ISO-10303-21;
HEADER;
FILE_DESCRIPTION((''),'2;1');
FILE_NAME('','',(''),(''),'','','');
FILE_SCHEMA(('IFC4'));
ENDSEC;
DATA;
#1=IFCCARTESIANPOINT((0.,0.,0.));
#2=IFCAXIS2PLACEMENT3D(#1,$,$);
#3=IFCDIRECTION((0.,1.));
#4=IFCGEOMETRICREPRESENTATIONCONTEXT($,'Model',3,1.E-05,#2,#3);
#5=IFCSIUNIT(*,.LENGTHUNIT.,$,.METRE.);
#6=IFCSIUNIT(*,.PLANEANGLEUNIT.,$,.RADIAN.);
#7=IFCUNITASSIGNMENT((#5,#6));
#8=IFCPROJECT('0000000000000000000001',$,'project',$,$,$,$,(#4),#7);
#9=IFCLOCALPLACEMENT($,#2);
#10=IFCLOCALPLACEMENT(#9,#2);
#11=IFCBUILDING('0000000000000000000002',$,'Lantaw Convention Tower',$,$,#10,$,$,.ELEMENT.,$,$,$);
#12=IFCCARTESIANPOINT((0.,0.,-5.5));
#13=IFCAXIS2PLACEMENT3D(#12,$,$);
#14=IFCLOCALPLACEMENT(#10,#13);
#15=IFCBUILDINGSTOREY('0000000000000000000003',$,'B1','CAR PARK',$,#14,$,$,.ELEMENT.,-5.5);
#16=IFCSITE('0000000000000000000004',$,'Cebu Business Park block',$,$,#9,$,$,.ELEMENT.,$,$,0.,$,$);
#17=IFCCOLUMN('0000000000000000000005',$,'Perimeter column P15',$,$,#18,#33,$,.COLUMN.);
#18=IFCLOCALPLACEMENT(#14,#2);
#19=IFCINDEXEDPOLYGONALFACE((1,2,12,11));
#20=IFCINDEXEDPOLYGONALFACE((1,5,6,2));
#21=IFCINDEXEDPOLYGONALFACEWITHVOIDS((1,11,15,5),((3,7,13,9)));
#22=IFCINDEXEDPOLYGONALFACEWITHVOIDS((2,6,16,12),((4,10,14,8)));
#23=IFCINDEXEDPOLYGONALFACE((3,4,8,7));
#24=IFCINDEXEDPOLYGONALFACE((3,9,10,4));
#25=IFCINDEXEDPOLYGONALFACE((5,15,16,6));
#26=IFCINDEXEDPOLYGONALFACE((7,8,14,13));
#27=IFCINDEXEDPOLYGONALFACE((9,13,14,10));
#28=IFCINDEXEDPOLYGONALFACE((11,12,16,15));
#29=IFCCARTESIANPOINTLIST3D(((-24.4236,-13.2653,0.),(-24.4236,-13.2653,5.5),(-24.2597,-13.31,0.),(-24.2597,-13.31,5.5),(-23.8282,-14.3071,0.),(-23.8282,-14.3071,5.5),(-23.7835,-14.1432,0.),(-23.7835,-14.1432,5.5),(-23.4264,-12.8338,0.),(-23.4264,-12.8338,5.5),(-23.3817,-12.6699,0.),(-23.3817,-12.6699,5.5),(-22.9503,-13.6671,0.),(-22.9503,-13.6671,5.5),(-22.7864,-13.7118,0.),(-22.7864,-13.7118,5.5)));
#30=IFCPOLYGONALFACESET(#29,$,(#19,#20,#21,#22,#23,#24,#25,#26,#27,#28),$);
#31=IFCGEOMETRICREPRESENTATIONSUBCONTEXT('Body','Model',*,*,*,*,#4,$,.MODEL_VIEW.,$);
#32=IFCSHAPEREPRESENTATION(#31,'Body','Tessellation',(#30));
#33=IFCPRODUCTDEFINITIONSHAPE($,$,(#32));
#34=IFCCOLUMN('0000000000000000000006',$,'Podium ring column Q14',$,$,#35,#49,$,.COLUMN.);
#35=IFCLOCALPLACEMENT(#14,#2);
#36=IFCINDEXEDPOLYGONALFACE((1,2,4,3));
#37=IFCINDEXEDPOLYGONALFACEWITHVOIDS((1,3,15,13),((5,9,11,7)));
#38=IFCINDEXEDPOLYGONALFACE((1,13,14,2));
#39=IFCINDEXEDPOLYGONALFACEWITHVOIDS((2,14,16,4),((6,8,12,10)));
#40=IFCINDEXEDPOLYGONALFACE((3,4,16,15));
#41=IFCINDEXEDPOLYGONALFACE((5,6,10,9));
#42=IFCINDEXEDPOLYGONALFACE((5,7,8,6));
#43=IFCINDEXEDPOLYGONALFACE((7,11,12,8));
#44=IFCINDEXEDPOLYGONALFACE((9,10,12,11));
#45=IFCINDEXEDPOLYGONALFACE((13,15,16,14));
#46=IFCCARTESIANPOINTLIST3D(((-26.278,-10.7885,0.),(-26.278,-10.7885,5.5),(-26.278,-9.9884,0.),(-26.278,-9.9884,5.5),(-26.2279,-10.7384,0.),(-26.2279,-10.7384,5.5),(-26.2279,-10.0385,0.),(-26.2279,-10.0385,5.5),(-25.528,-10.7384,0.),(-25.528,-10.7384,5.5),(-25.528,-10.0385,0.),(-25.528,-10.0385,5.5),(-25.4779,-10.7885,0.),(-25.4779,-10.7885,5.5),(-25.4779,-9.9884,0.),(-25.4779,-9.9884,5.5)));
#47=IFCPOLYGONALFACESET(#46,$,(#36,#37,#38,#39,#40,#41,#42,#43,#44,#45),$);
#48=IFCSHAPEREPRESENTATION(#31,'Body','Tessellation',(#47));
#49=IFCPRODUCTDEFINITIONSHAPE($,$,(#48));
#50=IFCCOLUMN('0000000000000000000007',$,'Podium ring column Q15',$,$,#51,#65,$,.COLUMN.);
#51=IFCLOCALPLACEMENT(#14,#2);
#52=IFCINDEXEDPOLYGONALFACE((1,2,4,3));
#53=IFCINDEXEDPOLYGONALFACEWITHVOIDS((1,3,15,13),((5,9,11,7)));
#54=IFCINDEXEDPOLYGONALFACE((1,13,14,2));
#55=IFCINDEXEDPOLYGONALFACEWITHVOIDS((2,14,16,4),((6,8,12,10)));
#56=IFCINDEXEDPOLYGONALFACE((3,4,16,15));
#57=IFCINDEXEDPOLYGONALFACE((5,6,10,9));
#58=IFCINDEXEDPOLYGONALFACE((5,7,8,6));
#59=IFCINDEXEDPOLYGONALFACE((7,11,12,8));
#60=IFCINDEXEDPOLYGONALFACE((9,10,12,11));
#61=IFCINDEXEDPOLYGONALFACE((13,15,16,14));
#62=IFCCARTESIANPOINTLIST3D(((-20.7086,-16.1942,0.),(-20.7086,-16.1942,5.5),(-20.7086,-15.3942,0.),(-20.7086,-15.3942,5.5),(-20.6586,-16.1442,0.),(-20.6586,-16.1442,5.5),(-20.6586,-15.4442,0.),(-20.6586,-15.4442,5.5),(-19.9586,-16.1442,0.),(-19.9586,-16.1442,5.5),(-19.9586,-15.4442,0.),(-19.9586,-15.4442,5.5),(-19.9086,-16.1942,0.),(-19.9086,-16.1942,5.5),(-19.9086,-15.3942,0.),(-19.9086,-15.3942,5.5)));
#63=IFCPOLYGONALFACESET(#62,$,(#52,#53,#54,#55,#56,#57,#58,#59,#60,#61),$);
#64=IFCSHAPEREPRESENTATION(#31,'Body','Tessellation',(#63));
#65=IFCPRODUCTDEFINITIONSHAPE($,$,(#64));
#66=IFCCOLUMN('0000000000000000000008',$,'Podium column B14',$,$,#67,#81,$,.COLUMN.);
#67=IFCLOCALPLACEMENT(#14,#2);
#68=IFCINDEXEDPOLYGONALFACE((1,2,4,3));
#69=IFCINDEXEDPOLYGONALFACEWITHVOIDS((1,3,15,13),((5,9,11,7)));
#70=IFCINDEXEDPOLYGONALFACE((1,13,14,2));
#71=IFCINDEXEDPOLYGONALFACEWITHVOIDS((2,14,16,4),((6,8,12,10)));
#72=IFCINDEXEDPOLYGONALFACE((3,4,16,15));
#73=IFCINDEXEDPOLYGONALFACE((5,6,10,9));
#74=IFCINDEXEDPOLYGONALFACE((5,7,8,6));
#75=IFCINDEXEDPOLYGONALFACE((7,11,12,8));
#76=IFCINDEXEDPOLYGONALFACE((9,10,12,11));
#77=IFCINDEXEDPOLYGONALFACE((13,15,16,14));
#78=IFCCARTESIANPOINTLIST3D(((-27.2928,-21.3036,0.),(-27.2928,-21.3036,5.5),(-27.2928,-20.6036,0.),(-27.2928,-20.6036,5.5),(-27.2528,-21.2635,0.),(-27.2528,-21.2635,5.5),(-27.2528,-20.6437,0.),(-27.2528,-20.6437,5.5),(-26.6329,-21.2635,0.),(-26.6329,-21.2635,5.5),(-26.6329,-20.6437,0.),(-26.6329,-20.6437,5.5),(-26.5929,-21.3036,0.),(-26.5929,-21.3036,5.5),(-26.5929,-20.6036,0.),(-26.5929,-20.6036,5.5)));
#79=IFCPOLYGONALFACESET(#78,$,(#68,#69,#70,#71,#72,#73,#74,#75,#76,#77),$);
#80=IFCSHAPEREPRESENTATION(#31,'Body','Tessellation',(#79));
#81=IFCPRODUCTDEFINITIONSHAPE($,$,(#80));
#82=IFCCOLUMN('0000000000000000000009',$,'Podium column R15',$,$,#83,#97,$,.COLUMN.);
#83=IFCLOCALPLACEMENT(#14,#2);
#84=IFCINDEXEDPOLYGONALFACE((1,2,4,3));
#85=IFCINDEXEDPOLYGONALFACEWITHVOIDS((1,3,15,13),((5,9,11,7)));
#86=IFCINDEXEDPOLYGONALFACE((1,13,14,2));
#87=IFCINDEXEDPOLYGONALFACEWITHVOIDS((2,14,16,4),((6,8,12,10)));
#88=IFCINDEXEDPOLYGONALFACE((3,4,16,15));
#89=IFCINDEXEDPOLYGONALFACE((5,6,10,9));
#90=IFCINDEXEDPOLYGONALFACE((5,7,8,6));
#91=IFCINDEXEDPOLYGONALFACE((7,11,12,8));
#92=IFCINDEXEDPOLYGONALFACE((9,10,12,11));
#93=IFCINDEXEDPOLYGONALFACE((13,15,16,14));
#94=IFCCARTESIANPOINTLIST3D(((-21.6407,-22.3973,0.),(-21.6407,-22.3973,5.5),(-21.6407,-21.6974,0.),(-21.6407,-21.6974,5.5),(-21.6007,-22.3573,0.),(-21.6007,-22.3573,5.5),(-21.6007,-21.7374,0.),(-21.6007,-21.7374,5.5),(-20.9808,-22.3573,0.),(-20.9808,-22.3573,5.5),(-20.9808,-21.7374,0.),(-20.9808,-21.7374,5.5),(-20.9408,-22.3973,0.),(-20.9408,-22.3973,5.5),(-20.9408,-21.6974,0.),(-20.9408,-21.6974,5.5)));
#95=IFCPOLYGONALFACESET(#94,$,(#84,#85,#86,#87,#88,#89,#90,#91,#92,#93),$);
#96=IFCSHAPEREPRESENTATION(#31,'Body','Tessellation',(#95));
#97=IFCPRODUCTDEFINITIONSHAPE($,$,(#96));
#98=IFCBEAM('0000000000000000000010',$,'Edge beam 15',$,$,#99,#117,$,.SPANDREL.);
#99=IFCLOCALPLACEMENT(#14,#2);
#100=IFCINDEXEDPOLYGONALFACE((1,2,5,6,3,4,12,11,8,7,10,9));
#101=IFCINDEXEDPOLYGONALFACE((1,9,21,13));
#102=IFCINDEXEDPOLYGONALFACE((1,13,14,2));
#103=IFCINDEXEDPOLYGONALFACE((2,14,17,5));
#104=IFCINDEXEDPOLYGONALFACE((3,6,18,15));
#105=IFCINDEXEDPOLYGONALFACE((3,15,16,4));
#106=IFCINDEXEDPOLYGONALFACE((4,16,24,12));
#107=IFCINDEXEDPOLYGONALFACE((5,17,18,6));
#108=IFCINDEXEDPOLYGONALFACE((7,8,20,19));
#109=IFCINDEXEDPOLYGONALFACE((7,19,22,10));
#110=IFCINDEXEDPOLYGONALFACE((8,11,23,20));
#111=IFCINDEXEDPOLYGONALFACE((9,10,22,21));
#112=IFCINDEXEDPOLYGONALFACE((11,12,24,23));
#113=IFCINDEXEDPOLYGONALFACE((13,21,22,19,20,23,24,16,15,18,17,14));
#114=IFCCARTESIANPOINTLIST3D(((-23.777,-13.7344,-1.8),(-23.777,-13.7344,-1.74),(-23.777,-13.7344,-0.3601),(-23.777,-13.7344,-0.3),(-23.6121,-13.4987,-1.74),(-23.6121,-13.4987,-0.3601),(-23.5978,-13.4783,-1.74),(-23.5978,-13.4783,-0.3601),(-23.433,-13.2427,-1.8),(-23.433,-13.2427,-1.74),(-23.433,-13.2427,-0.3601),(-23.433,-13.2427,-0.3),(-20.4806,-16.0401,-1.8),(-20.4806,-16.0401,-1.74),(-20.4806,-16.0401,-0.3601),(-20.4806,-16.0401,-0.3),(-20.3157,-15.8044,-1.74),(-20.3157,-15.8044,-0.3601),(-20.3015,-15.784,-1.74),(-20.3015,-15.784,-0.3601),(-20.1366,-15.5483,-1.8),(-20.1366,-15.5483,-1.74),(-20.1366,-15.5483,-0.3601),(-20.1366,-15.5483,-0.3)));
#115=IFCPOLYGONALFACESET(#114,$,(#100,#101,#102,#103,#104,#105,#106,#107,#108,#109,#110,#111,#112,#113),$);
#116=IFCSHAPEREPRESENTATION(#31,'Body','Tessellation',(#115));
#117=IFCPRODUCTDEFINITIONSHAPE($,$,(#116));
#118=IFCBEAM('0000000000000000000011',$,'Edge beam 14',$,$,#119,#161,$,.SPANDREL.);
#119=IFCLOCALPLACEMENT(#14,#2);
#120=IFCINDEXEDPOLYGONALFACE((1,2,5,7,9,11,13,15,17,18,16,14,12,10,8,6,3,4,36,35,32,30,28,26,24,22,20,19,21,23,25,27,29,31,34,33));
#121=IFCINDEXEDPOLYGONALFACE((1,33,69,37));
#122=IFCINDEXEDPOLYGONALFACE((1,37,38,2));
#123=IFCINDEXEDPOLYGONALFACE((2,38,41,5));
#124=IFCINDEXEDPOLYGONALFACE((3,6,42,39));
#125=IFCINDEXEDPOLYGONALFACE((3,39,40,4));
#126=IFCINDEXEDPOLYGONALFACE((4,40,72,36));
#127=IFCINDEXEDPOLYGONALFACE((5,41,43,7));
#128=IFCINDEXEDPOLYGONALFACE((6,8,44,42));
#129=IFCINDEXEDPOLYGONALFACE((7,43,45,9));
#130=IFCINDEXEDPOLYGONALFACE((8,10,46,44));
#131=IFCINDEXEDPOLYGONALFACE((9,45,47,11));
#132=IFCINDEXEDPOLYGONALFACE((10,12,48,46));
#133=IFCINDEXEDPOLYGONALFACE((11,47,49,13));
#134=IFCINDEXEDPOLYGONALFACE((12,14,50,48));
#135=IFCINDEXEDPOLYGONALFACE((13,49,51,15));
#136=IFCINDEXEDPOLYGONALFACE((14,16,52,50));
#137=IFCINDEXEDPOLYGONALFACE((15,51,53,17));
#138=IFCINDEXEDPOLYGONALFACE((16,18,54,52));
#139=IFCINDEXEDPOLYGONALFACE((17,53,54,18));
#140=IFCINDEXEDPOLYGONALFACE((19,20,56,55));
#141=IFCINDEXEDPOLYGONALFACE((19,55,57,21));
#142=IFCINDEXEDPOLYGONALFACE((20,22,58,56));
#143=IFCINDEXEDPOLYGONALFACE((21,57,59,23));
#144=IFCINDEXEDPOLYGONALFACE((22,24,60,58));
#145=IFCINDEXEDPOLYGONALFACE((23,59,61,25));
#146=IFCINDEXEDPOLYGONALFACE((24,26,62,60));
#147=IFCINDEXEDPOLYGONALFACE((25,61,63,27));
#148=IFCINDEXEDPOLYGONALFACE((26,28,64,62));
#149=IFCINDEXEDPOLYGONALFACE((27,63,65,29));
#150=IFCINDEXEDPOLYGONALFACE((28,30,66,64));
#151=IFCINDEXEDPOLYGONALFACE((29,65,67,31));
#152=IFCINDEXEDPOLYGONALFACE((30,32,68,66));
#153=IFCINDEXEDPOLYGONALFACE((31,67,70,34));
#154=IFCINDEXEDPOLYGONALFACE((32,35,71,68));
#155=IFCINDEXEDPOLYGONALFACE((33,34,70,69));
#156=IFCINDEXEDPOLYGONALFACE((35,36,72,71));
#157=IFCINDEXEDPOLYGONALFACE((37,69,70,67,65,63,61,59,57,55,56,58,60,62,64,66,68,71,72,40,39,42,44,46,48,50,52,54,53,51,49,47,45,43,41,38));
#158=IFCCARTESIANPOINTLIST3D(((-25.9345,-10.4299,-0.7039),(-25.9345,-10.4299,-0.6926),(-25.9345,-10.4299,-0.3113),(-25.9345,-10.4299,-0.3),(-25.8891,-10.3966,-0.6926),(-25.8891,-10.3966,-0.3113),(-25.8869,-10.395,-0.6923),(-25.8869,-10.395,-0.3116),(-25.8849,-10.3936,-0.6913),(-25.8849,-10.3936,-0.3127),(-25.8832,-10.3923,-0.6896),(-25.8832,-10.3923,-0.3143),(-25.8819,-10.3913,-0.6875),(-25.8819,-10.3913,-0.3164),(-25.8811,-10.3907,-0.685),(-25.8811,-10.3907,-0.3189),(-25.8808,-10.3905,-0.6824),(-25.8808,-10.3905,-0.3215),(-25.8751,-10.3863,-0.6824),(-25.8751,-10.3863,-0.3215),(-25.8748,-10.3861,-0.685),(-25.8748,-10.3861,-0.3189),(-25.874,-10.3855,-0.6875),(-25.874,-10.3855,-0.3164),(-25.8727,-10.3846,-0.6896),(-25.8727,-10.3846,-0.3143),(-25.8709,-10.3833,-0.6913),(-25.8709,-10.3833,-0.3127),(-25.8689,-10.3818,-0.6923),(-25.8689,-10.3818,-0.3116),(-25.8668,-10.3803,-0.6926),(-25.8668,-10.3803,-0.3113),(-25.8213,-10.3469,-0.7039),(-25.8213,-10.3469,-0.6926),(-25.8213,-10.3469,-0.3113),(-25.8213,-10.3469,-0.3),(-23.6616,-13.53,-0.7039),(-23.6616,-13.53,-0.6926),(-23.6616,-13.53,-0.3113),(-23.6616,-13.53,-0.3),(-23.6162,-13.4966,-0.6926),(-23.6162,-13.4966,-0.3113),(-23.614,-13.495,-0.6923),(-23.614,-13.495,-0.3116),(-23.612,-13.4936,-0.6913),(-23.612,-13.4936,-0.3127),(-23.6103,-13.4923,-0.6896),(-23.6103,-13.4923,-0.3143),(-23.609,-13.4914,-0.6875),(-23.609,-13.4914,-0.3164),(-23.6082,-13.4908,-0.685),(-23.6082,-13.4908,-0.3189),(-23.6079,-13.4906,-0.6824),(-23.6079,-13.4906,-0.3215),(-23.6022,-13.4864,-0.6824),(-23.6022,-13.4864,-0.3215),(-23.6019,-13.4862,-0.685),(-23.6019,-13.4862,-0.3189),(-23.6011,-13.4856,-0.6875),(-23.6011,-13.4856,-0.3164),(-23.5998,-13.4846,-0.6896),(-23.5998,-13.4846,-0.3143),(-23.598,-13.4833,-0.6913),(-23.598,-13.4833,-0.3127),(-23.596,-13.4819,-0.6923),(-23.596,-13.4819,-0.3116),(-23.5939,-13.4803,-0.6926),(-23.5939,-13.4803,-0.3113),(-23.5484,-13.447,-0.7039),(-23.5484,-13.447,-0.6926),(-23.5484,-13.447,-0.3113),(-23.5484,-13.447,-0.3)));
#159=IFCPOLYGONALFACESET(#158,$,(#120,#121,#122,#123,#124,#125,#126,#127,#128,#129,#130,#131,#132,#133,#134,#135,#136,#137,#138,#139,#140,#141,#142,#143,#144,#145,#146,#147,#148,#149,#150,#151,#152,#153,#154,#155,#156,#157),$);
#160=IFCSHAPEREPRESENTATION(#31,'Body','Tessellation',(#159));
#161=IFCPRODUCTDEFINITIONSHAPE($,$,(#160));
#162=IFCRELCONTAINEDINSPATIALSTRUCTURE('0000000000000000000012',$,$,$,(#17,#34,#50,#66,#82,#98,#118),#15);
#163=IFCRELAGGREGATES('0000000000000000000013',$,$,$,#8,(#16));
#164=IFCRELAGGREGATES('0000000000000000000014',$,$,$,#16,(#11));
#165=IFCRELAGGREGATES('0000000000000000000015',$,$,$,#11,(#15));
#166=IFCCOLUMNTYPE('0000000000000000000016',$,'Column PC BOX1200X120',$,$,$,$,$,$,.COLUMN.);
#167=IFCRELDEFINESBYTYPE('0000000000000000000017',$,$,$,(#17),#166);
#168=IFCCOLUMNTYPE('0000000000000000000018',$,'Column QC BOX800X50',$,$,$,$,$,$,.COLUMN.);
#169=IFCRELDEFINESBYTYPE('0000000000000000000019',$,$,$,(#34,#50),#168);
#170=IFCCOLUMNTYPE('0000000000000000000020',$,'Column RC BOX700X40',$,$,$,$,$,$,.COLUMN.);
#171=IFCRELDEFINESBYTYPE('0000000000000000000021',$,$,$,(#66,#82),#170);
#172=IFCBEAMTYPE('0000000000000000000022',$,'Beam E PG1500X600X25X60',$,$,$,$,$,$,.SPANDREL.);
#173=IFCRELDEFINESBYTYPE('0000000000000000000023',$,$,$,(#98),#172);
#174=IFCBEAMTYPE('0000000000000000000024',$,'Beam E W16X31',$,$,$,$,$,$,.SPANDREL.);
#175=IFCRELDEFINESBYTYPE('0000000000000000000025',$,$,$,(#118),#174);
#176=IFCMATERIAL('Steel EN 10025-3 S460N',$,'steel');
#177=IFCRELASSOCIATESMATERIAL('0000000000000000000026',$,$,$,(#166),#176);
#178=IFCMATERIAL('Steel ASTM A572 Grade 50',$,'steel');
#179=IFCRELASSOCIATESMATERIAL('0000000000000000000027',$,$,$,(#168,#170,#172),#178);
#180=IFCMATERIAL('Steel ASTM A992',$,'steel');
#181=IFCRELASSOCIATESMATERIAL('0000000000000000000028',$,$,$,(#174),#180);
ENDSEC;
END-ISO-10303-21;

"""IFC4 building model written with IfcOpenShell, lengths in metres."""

from ifc_helpers import new_model, si_unit, direction, frame, origin, origin_2d, place, context, subcontext, project, spatial, rectangle, hollow_rectangle, i_section, extrude, material, material_profile, profile_set, type_object, element, save


model = new_model("IFC4")

# Units and contexts
model_context = context("Model", 3, precision=1e-05, world=origin(), true_north=direction((0.0, 1.0)))
body_context = subcontext(model_context, "Body", "Model", "MODEL_VIEW")
ifc_project = project(units=[si_unit("LENGTHUNIT", "METRE"), si_unit("PLANEANGLEUNIT", "RADIAN")], contexts=[model_context])

# Site, building, storey
site_placement = place(None, origin())
site = spatial("IfcSite", under=ifc_project, at=site_placement, Name="Cebu Business Park block", CompositionType="ELEMENT", RefElevation=0.0)
building_placement = place(site_placement, origin())
building = spatial("IfcBuilding", under=site, at=building_placement, Name="Lantaw Convention Tower", CompositionType="ELEMENT")
storey_placement = place(building_placement, frame((0.0, 0.0, -5.5)))
storey = spatial("IfcBuildingStorey", under=building, at=storey_placement, Name="B1", Description="CAR PARK", CompositionType="ELEMENT", Elevation=-5.5)

# Columns
ifc_material_1 = material(Name="Steel EN 10025-3 S460N", Category="steel")
ifc_material_profile_1 = material_profile(ifc_material_1, hollow_rectangle(XDim=1.2, YDim=1.2, WallThickness=0.1201, at=origin_2d()), Name="BOX1200X120")
ifc_material_2 = material(Name="Concrete C60/75", Category="concrete")
ifc_material_profile_2 = material_profile(ifc_material_2, rectangle(XDim=0.96, YDim=0.96, at=origin_2d()), Name="Concrete fill of BOX1200X120")
ifc_profile_set_1 = profile_set([ifc_material_profile_1, ifc_material_profile_2], Name="Steel EN 10025-3 S460N")
column_type_1 = type_object("IfcColumnType", Name="Column PC BOX1200X120", PredefinedType="COLUMN", material=ifc_profile_set_1)
column_placement = place(storey_placement, frame((-23.605, -13.4885, 0.0), z_axis=(0.0, 0.0, 1.0), x_axis=(0.868243, 0.496139, 0.0)))
element("IfcColumn", 1, at=column_placement, inside=storey, type_object=column_type_1, Name="Perimeter column P15", PredefinedType="COLUMN", context=body_context, shape_type="SweptSolid", body=[
    extrude(hollow_rectangle(XDim=1.2, YDim=1.2, WallThickness=0.1201, at=origin_2d()), origin(), (0.0, 0.0, 1.0), 5.5),
])
ifc_material_3 = material(Name="Steel ASTM A572 Grade 50", Category="steel")
ifc_material_profile_3 = material_profile(ifc_material_3, hollow_rectangle(XDim=0.8, YDim=0.8, WallThickness=0.05, at=origin_2d()), Name="BOX800X50")
ifc_profile_set_2 = profile_set([ifc_material_profile_3], Name="Steel ASTM A572 Grade 50")
column_type_2 = type_object("IfcColumnType", Name="Column QC BOX800X50", PredefinedType="COLUMN", material=ifc_profile_set_2)
for number, where, z_axis, x_axis, name in (
    (2, (-25.8779, -10.3884, 0.0), (0.0, 0.0, 1.0), (1.0, 0.0, 0.0), "Podium ring column Q14"),
    (3, (-20.3086, -15.7942, 0.0), (0.0, 0.0, 1.0), (1.0, 0.0, 0.0), "Podium ring column Q15"),
):
    element("IfcColumn", number, at=place(storey_placement, frame(where, z_axis=z_axis, x_axis=x_axis)), inside=storey, type_object=column_type_2, Name=name, PredefinedType="COLUMN", context=body_context, shape_type="SweptSolid", body=[
        extrude(hollow_rectangle(XDim=0.8, YDim=0.8, WallThickness=0.05, at=origin_2d()), origin(), (0.0, 0.0, 1.0), 5.5),
    ])
ifc_material_profile_4 = material_profile(ifc_material_3, hollow_rectangle(XDim=0.7, YDim=0.7, WallThickness=0.04, at=origin_2d()), Name="BOX700X40")
ifc_profile_set_3 = profile_set([ifc_material_profile_4], Name="Steel ASTM A572 Grade 50")
column_type_3 = type_object("IfcColumnType", Name="Column RC BOX700X40", PredefinedType="COLUMN", material=ifc_profile_set_3)
for number, where, z_axis, x_axis, name in (
    (4, (-26.9429, -20.9536, 0.0), (0.0, 0.0, 1.0), (1.0, 0.0, 0.0), "Podium column B14"),
    (5, (-21.2908, -22.0474, 0.0), (0.0, 0.0, 1.0), (1.0, 0.0, 0.0), "Podium column R15"),
):
    element("IfcColumn", number, at=place(storey_placement, frame(where, z_axis=z_axis, x_axis=x_axis)), inside=storey, type_object=column_type_3, Name=name, PredefinedType="COLUMN", context=body_context, shape_type="SweptSolid", body=[
        extrude(hollow_rectangle(XDim=0.7, YDim=0.7, WallThickness=0.04, at=origin_2d()), origin(), (0.0, 0.0, 1.0), 5.5),
    ])

# Beams
ifc_material_profile_5 = material_profile(ifc_material_3, i_section(OverallWidth=0.6001, OverallDepth=1.5, WebThickness=0.0249, FlangeThickness=0.0601, at=origin_2d()), Name="PG1500X600X25X60")
ifc_profile_set_4 = profile_set([ifc_material_profile_5], Name="Steel ASTM A572 Grade 50")
beam_type_1 = type_object("IfcBeamType", Name="Beam E PG1500X600X25X60", PredefinedType="SPANDREL", material=ifc_profile_set_4)
beam_1_placement = place(storey_placement, frame((-23.605, -13.4885, -1.05), z_axis=(0.819443, -0.573161, 0.0), x_axis=(0.573161, 0.819443, 0.0)))
element("IfcBeam", 6, at=beam_1_placement, inside=storey, type_object=beam_type_1, Name="Edge beam 15", PredefinedType="SPANDREL", context=body_context, shape_type="SweptSolid", body=[
    extrude(i_section(OverallWidth=0.6001, OverallDepth=1.5, WebThickness=0.0249, FlangeThickness=0.0601, at=origin_2d()), origin(), (0.0, 0.0, 1.0), 4.0227),
])
ifc_material_4 = material(Name="Steel ASTM A992", Category="steel")
ifc_material_profile_6 = material_profile(ifc_material_4, i_section(OverallWidth=0.1404, OverallDepth=0.4038, WebThickness=0.0071, FlangeThickness=0.0112, FilletRadius=0.0103, at=origin_2d()), Name="W16X31")
ifc_profile_set_5 = profile_set([ifc_material_profile_6], Name="Steel ASTM A992")
beam_type_2 = type_object("IfcBeamType", Name="Beam E W16X31", PredefinedType="SPANDREL", material=ifc_profile_set_5)
beam_2_placement = place(storey_placement, frame((-25.8779, -10.3884, -0.502), z_axis=(0.591287, -0.806462, 0.0), x_axis=(0.806462, 0.591287, 0.0)))
element("IfcBeam", 7, at=beam_2_placement, inside=storey, type_object=beam_type_2, Name="Edge beam 14", PredefinedType="SPANDREL", context=body_context, shape_type="SweptSolid", body=[
    extrude(i_section(OverallWidth=0.1404, OverallDepth=0.4038, WebThickness=0.0071, FlangeThickness=0.0112, FilletRadius=0.0103, at=origin_2d()), origin(), (0.0, 0.0, 1.0), 3.844),
])

save(model, "model.ifc")
